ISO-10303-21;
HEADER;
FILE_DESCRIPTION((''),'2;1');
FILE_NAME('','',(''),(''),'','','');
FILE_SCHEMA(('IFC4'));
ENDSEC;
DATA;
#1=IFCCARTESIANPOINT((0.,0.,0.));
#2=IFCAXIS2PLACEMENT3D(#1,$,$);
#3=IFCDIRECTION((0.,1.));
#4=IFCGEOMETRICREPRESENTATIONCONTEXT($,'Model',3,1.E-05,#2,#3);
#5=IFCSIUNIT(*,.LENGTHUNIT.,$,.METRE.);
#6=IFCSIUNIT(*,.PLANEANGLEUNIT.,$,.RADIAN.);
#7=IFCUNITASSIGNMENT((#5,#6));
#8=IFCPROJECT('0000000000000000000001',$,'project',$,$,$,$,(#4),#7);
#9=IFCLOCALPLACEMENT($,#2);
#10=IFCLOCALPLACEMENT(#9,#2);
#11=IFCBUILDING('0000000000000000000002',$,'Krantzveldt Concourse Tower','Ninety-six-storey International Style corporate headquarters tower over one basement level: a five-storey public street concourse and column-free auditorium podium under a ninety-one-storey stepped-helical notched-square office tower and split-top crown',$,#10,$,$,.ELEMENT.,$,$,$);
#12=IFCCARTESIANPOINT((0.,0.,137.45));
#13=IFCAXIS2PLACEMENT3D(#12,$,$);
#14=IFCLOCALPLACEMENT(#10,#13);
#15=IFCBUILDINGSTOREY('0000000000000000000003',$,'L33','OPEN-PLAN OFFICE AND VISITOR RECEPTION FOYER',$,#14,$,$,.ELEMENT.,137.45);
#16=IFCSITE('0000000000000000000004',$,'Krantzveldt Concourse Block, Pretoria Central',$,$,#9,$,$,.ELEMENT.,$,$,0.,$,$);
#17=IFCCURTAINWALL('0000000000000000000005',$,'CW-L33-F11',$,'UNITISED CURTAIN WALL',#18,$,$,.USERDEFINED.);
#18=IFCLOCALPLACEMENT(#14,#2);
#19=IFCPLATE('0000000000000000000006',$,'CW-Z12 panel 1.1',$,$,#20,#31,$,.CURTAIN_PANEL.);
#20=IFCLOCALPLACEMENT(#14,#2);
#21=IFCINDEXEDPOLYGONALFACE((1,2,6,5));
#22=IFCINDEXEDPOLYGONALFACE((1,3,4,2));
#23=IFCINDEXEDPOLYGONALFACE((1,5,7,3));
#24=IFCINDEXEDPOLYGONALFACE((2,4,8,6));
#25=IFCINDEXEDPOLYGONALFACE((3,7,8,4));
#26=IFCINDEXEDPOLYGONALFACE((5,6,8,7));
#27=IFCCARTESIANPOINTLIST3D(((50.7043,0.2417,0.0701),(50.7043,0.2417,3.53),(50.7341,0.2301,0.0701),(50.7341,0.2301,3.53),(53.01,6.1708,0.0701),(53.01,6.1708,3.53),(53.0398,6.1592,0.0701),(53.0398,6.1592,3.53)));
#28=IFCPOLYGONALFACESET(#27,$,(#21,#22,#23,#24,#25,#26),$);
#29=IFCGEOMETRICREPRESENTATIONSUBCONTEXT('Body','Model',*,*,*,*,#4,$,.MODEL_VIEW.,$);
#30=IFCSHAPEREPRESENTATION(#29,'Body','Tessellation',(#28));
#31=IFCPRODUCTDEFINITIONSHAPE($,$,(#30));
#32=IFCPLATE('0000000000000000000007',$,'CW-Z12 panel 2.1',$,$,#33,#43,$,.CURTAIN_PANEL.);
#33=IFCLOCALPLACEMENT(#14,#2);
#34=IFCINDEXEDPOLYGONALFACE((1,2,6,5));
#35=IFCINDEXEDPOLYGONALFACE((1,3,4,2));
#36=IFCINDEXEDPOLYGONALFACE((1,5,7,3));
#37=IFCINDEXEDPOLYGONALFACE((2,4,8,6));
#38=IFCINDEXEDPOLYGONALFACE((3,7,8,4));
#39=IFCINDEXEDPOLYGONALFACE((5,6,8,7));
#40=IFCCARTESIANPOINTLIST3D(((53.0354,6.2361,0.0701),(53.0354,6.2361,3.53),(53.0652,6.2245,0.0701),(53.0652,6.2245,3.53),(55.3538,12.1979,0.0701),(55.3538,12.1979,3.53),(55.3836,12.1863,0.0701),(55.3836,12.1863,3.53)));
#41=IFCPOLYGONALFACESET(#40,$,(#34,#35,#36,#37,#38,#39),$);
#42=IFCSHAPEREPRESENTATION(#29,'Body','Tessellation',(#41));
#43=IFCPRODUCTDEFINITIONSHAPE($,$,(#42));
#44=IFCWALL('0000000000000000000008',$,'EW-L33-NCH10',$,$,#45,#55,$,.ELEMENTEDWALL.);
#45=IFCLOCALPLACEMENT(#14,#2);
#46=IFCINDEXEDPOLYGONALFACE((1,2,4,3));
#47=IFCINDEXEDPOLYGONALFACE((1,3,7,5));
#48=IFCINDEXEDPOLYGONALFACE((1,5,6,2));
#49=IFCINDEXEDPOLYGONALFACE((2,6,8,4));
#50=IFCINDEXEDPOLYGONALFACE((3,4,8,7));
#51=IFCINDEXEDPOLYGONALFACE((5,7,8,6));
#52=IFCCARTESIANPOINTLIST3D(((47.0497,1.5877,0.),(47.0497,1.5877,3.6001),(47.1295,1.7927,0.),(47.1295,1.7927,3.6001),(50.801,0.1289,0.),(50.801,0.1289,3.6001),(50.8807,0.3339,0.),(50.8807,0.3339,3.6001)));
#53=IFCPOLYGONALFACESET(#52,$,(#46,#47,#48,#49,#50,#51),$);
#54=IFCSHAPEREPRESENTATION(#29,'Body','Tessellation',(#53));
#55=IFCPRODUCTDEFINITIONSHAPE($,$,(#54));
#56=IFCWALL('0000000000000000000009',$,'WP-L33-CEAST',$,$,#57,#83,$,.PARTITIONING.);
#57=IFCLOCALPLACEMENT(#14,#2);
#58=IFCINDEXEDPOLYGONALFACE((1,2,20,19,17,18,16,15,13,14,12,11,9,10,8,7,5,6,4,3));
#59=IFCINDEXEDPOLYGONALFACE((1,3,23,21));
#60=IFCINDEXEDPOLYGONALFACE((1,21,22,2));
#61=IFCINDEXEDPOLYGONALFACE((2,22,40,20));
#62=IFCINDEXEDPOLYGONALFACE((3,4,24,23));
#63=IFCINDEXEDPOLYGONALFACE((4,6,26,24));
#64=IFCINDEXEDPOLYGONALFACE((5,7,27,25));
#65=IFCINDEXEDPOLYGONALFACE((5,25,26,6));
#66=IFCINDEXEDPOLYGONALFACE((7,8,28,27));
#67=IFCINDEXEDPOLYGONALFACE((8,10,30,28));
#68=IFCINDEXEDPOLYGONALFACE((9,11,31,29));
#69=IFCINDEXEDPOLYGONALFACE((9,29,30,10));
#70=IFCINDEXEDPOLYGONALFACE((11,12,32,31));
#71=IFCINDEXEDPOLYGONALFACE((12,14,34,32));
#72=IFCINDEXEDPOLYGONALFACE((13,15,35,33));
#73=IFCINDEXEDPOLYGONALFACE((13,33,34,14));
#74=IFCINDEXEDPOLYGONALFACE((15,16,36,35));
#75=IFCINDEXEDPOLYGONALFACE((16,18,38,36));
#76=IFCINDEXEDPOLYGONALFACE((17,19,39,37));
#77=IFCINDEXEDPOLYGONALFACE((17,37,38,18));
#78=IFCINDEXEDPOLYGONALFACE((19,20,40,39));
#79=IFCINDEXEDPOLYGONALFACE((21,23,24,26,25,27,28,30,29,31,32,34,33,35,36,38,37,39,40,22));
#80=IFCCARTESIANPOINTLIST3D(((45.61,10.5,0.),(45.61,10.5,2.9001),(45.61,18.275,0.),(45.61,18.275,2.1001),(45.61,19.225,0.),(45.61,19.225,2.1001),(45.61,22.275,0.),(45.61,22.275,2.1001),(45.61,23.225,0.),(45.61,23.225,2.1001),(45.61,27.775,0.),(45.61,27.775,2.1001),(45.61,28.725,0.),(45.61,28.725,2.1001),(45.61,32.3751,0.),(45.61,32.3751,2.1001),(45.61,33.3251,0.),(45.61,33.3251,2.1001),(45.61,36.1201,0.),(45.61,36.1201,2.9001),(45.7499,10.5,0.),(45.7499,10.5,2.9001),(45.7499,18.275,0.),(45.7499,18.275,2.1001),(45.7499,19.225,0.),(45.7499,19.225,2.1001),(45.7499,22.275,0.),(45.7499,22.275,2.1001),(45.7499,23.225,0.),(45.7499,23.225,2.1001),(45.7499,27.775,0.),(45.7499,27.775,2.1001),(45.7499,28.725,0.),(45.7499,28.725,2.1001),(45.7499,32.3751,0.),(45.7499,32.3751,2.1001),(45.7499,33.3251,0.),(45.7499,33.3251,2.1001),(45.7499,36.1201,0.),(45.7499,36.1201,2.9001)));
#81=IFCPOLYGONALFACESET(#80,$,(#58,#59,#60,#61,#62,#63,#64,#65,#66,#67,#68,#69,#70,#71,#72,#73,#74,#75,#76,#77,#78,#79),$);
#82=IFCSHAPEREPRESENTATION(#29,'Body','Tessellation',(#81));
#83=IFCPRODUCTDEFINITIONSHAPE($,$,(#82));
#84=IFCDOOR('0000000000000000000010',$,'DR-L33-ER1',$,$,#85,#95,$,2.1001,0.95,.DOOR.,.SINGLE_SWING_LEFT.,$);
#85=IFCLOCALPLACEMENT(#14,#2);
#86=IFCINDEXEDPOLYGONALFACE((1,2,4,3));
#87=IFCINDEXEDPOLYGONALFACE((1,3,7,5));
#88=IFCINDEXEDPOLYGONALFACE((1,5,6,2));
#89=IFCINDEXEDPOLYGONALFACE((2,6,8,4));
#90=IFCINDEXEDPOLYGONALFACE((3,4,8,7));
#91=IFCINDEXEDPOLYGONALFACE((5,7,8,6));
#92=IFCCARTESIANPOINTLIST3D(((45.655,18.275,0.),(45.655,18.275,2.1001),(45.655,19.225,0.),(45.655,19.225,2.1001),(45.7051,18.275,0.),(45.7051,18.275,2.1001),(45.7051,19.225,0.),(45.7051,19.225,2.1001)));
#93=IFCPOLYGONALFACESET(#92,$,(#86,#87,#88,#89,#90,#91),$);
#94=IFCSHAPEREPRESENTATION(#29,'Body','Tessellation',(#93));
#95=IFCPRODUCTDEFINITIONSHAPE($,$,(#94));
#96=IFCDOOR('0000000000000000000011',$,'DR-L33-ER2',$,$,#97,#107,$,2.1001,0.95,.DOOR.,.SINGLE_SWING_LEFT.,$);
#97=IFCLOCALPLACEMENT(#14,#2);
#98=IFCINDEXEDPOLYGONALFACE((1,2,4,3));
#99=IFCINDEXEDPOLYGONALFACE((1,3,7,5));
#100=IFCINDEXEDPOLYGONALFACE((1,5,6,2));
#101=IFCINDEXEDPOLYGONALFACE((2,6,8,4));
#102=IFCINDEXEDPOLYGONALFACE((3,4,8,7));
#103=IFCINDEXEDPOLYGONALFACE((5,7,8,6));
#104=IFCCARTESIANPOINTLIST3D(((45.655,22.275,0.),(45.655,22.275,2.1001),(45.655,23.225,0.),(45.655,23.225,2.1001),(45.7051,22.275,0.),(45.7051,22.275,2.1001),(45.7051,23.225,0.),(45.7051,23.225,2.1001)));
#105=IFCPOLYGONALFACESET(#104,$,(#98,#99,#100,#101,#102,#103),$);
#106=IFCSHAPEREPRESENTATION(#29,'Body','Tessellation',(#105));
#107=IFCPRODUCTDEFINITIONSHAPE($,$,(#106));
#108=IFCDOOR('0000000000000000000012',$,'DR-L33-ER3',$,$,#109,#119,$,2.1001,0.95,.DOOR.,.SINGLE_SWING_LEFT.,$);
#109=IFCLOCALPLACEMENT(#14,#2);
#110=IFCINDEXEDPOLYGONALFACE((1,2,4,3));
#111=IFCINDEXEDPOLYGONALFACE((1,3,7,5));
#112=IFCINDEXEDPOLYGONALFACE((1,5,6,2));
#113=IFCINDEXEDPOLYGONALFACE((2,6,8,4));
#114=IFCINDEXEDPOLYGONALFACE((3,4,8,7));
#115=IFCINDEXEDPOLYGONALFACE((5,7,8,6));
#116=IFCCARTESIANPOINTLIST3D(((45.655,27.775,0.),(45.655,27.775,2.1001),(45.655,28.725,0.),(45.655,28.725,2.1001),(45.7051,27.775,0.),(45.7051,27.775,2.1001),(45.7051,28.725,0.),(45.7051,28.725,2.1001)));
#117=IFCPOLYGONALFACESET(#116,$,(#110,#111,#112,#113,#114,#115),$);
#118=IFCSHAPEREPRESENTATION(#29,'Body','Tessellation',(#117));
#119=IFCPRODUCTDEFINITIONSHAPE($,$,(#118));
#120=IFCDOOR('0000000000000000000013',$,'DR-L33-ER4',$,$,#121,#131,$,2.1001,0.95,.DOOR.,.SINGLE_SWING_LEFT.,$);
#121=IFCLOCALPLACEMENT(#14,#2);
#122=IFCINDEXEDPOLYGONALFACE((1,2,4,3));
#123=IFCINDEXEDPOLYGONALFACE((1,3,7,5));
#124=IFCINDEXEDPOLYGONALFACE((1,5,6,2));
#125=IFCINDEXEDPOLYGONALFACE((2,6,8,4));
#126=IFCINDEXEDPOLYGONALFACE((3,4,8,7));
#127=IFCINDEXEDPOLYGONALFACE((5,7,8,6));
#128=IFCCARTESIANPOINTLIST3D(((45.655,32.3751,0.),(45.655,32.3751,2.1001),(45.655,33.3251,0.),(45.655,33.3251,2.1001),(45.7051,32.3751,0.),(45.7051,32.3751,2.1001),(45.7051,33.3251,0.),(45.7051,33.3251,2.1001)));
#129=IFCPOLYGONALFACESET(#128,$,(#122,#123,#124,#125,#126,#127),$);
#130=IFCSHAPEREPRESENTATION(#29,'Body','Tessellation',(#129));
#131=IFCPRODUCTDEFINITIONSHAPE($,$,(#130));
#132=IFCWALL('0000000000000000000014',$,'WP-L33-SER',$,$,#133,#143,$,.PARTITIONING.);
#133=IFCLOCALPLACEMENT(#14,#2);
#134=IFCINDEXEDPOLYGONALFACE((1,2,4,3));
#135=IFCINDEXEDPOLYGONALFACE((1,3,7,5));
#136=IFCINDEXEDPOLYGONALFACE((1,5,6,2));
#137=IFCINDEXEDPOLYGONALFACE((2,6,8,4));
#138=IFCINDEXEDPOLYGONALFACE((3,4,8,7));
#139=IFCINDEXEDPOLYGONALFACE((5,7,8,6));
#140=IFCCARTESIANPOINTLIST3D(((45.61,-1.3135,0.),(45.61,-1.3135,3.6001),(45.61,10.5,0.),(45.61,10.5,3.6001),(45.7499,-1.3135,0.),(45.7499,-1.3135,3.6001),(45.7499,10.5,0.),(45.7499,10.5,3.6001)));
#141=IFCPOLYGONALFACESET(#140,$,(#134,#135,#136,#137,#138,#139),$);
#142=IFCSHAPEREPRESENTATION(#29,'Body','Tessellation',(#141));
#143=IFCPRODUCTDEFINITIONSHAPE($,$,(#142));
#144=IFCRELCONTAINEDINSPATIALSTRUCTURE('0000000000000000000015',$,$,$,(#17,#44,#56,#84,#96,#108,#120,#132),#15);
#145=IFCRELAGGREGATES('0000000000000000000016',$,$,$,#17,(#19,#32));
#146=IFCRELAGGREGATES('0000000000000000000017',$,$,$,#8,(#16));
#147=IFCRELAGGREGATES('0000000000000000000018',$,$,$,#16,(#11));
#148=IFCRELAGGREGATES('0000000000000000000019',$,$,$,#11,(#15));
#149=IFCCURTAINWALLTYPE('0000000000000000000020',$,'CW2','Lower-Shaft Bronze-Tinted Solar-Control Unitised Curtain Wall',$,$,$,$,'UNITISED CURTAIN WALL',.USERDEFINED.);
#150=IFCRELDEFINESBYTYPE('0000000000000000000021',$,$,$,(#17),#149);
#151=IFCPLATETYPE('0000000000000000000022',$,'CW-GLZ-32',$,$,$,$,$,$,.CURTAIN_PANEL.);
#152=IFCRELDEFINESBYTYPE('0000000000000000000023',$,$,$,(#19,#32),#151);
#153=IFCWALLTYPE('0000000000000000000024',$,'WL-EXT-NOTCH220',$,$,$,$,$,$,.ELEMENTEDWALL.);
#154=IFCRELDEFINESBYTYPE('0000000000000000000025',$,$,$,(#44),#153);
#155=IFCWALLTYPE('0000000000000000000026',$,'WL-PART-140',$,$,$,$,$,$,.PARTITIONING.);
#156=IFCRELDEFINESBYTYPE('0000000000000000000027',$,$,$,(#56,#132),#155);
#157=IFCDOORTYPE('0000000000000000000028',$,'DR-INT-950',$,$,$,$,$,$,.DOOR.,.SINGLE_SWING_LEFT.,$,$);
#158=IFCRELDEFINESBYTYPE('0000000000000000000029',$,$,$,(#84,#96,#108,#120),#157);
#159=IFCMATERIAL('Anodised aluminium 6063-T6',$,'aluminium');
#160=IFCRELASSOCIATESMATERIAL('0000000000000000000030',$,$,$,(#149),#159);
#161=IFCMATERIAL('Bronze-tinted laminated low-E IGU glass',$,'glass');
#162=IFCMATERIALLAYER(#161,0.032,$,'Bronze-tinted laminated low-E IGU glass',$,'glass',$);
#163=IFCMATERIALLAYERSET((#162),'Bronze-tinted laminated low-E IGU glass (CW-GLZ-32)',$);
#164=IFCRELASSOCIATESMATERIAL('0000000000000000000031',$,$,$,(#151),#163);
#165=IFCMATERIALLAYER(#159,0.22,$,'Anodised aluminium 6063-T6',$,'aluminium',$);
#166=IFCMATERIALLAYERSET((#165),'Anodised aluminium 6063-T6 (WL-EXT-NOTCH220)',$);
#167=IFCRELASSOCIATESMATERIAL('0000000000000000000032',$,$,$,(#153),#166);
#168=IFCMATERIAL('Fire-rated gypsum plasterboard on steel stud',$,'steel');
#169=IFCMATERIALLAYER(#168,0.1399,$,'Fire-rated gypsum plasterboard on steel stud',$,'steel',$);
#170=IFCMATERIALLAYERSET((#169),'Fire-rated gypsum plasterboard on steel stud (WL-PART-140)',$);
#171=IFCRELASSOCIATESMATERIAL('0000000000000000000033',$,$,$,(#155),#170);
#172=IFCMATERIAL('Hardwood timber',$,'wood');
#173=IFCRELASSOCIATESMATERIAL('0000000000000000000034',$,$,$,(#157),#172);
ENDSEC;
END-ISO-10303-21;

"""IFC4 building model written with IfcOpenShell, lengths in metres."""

from ifc_helpers import new_model, si_unit, direction, frame, frame_2d, origin, origin_2d, place, context, subcontext, project, spatial, rectangle, extrude, source, transform, mapped, material, layer, layer_set, type_object, type_shapes, element, fill, aggregate, save


model = new_model("IFC4")

# Units and contexts
model_context = context("Model", 3, precision=1e-05, world=origin(), true_north=direction((0.0, 1.0)))
body_context = subcontext(model_context, "Body", "Model", "MODEL_VIEW")
ifc_project = project(units=[si_unit("LENGTHUNIT", "METRE"), si_unit("PLANEANGLEUNIT", "RADIAN")], contexts=[model_context])

# Site, building, storey
site_placement = place(None, origin())
site = spatial("IfcSite", under=ifc_project, at=site_placement, Name="Krantzveldt Concourse Block, Pretoria Central", CompositionType="ELEMENT", RefElevation=0.0)
building_placement = place(site_placement, origin())
building = spatial("IfcBuilding", under=site, at=building_placement, Name="Krantzveldt Concourse Tower", Description="Ninety-six-storey International Style corporate headquarters tower over one basement level: a five-storey public street concourse and column-free auditorium podium under a ninety-one-storey stepped-helical notched-square office tower and split-top crown", CompositionType="ELEMENT")
storey_placement = place(building_placement, frame((0.0, 0.0, 137.45)))
storey = spatial("IfcBuildingStorey", under=building, at=storey_placement, Name="L33", Description="OPEN-PLAN OFFICE AND VISITOR RECEPTION FOYER", CompositionType="ELEMENT", Elevation=137.45)

# Curtain wall
ifc_material_1 = material(Name="Anodised aluminium 6063-T6", Category="aluminium")
curtain_wall_type = type_object("IfcCurtainWallType", Name="CW2", Description="Lower-Shaft Bronze-Tinted Solar-Control Unitised Curtain Wall", ElementType="UNITISED CURTAIN WALL", PredefinedType="USERDEFINED", material=ifc_material_1)
curtain_wall_1_placement = place(storey_placement, origin())
curtain_wall_1 = element("IfcCurtainWall", 1, at=curtain_wall_1_placement, inside=storey, type_object=curtain_wall_type, Name="CW-L33-F11", ObjectType="UNITISED CURTAIN WALL", PredefinedType="USERDEFINED")

# Plates
ifc_material_2 = material(Name="Bronze-tinted laminated low-E IGU glass", Category="glass")
ifc_layer_1 = layer(ifc_material_2, 0.032, Name="Bronze-tinted laminated low-E IGU glass", Category="glass")
ifc_layer_set_1 = layer_set([ifc_layer_1], Name="Bronze-tinted laminated low-E IGU glass (CW-GLZ-32)")
plate_type = type_object("IfcPlateType", Name="CW-GLZ-32", PredefinedType="CURTAIN_PANEL", material=ifc_layer_set_1)
shared_shape_1 = source(origin(), body_context, "Body", "SweptSolid", [
    extrude(rectangle(XDim=6.3616, YDim=0.032, at=origin_2d()), origin(), (0.0, 0.0, 1.0), 3.46),
])
plate_1_placement = place(storey_placement, frame((51.8721, 3.2004, 0.0701), z_axis=(0.0, 0.0, 1.0), x_axis=(0.362438, 0.932008, 0.0)))
plate_1 = element("IfcPlate", 2, at=plate_1_placement, type_object=plate_type, Name="CW-Z12 panel 1.1", PredefinedType="CURTAIN_PANEL", context=body_context, shape_type="MappedRepresentation", body=[
    mapped(shared_shape_1, transform((0.0, 0.0, 0.0), x_axis=(1.0, 0.0, 0.0), y_axis=(0.0, 1.0, 0.0), z_axis=(0.0, 0.0, 1.0), scale=1.0)),
])
shared_shape_2 = source(origin(), body_context, "Body", "SweptSolid", [
    extrude(rectangle(XDim=6.3967, YDim=0.032, at=origin_2d()), origin(), (0.0, 0.0, 1.0), 3.46),
])
type_shapes(plate_type, [shared_shape_1, shared_shape_2])
plate_2_placement = place(storey_placement, frame((54.2095, 9.2112, 0.0701), z_axis=(0.0, 0.0, 1.0), x_axis=(0.362438, 0.932008, 0.0)))
plate_2 = element("IfcPlate", 3, at=plate_2_placement, type_object=plate_type, Name="CW-Z12 panel 2.1", PredefinedType="CURTAIN_PANEL", context=body_context, shape_type="MappedRepresentation", body=[
    mapped(shared_shape_2, transform((0.0, 0.0, 0.0), x_axis=(1.0, 0.0, 0.0), y_axis=(0.0, 1.0, 0.0), z_axis=(0.0, 0.0, 1.0), scale=1.0)),
])
aggregate(curtain_wall_1, [plate_1, plate_2])

# Wall
ifc_layer_2 = layer(ifc_material_1, 0.22, Name="Anodised aluminium 6063-T6", Category="aluminium")
ifc_layer_set_2 = layer_set([ifc_layer_2], Name="Anodised aluminium 6063-T6 (WL-EXT-NOTCH220)")
wall_type_1 = type_object("IfcWallType", Name="WL-EXT-NOTCH220", PredefinedType="ELEMENTEDWALL", material=ifc_layer_set_2)
wall_1_placement = place(storey_placement, frame((47.0896, 1.6902, 0.0), z_axis=(0.0, 0.0, 1.0), x_axis=(0.93201, -0.362432, 0.0)))
element("IfcWall", 4, at=wall_1_placement, inside=storey, type_object=wall_type_1, Name="EW-L33-NCH10", PredefinedType="ELEMENTEDWALL", context=body_context, shape_type="SweptSolid", body=[
    extrude(rectangle(XDim=4.0249, YDim=0.22, at=frame_2d((2.0125, 0.0))), origin(), (0.0, 0.0, 1.0), 3.6001),
])

# Wall, openings, doors
ifc_material_3 = material(Name="Fire-rated gypsum plasterboard on steel stud", Category="steel")
ifc_layer_3 = layer(ifc_material_3, 0.1399, Name="Fire-rated gypsum plasterboard on steel stud", Category="steel")
ifc_layer_set_3 = layer_set([ifc_layer_3], Name="Fire-rated gypsum plasterboard on steel stud (WL-PART-140)")
wall_type_2 = type_object("IfcWallType", Name="WL-PART-140", PredefinedType="PARTITIONING", material=ifc_layer_set_3)
wall_2_placement = place(storey_placement, frame((45.6799, 10.5, 0.0), z_axis=(0.0, 0.0, 1.0), x_axis=(0.0, 1.0, 0.0)))
wall_2 = element("IfcWall", 5, at=wall_2_placement, inside=storey, type_object=wall_type_2, Name="WP-L33-CEAST", PredefinedType="PARTITIONING", context=body_context, shape_type="SweptSolid", body=[
    extrude(rectangle(XDim=25.6201, YDim=0.1399, at=frame_2d((12.8101, 0.0))), origin(), (0.0, 0.0, 1.0), 2.9001),
])
opening_1_placement = place(wall_2_placement, frame((7.7749, 0.0, 0.0)))
opening_1 = element("IfcOpeningElement", 6, at=opening_1_placement, cuts=wall_2, PredefinedType="OPENING", context=body_context, shape_type="SweptSolid", body=[
    extrude(rectangle(XDim=0.95, YDim=2.1001, at=frame_2d((0.4751, 1.05))), frame((0.0, 0.0801, 0.0), z_axis=(0.0, -1.0, 0.0), x_axis=(1.0, 0.0, 0.0)), (0.0, 0.0, 1.0), 0.1599),
])
opening_2_placement = place(wall_2_placement, frame((11.7749, 0.0, 0.0)))
opening_2 = element("IfcOpeningElement", 7, at=opening_2_placement, cuts=wall_2, PredefinedType="OPENING", context=body_context, shape_type="SweptSolid", body=[
    extrude(rectangle(XDim=0.95, YDim=2.1001, at=frame_2d((0.4751, 1.05))), frame((0.0, 0.0801, 0.0), z_axis=(0.0, -1.0, 0.0), x_axis=(1.0, 0.0, 0.0)), (0.0, 0.0, 1.0), 0.1599),
])
opening_3_placement = place(wall_2_placement, frame((17.2749, 0.0, 0.0)))
opening_3 = element("IfcOpeningElement", 8, at=opening_3_placement, cuts=wall_2, PredefinedType="OPENING", context=body_context, shape_type="SweptSolid", body=[
    extrude(rectangle(XDim=0.95, YDim=2.1001, at=frame_2d((0.4751, 1.05))), frame((0.0, 0.0801, 0.0), z_axis=(0.0, -1.0, 0.0), x_axis=(1.0, 0.0, 0.0)), (0.0, 0.0, 1.0), 0.1599),
])
opening_4_placement = place(wall_2_placement, frame((21.875, 0.0, 0.0)))
opening_4 = element("IfcOpeningElement", 9, at=opening_4_placement, cuts=wall_2, PredefinedType="OPENING", context=body_context, shape_type="SweptSolid", body=[
    extrude(rectangle(XDim=0.95, YDim=2.1001, at=frame_2d((0.4751, 1.05))), frame((0.0, 0.0801, 0.0), z_axis=(0.0, -1.0, 0.0), x_axis=(1.0, 0.0, 0.0)), (0.0, 0.0, 1.0), 0.1599),
])
ifc_material_4 = material(Name="Hardwood timber", Category="wood")
door_type = type_object("IfcDoorType", Name="DR-INT-950", OperationType="SINGLE_SWING_LEFT", PredefinedType="DOOR", material=ifc_material_4)
door_1_placement = place(opening_1_placement, origin())
door_1 = element("IfcDoor", 10, at=door_1_placement, inside=storey, type_object=door_type, Name="DR-L33-ER1", OperationType="SINGLE_SWING_LEFT", OverallHeight=2.1001, OverallWidth=0.95, PredefinedType="DOOR", context=body_context, shape_type="SweptSolid", body=[
    extrude(rectangle(XDim=0.95, YDim=2.1001, at=frame_2d((0.4751, 1.05))), frame((0.0, 0.0249, 0.0), z_axis=(0.0, -1.0, 0.0), x_axis=(1.0, 0.0, 0.0)), (0.0, 0.0, 1.0), 0.05),
])
fill(opening_1, door_1)
door_2_placement = place(opening_2_placement, origin())
door_2 = element("IfcDoor", 11, at=door_2_placement, inside=storey, type_object=door_type, Name="DR-L33-ER2", OperationType="SINGLE_SWING_LEFT", OverallHeight=2.1001, OverallWidth=0.95, PredefinedType="DOOR", context=body_context, shape_type="SweptSolid", body=[
    extrude(rectangle(XDim=0.95, YDim=2.1001, at=frame_2d((0.4751, 1.05))), frame((0.0, 0.0249, 0.0), z_axis=(0.0, -1.0, 0.0), x_axis=(1.0, 0.0, 0.0)), (0.0, 0.0, 1.0), 0.05),
])
fill(opening_2, door_2)
door_3_placement = place(opening_3_placement, origin())
door_3 = element("IfcDoor", 12, at=door_3_placement, inside=storey, type_object=door_type, Name="DR-L33-ER3", OperationType="SINGLE_SWING_LEFT", OverallHeight=2.1001, OverallWidth=0.95, PredefinedType="DOOR", context=body_context, shape_type="SweptSolid", body=[
    extrude(rectangle(XDim=0.95, YDim=2.1001, at=frame_2d((0.4751, 1.05))), frame((0.0, 0.0249, 0.0), z_axis=(0.0, -1.0, 0.0), x_axis=(1.0, 0.0, 0.0)), (0.0, 0.0, 1.0), 0.05),
])
fill(opening_3, door_3)
door_4_placement = place(opening_4_placement, origin())
door_4 = element("IfcDoor", 13, at=door_4_placement, inside=storey, type_object=door_type, Name="DR-L33-ER4", OperationType="SINGLE_SWING_LEFT", OverallHeight=2.1001, OverallWidth=0.95, PredefinedType="DOOR", context=body_context, shape_type="SweptSolid", body=[
    extrude(rectangle(XDim=0.95, YDim=2.1001, at=frame_2d((0.4751, 1.05))), frame((0.0, 0.0249, 0.0), z_axis=(0.0, -1.0, 0.0), x_axis=(1.0, 0.0, 0.0)), (0.0, 0.0, 1.0), 0.05),
])
fill(opening_4, door_4)

# Wall
wall_3_placement = place(storey_placement, frame((45.6799, -1.3135, 0.0), z_axis=(0.0, 0.0, 1.0), x_axis=(0.0, 1.0, 0.0)))
element("IfcWall", 14, at=wall_3_placement, inside=storey, type_object=wall_type_2, Name="WP-L33-SER", PredefinedType="PARTITIONING", context=body_context, shape_type="SweptSolid", body=[
    extrude(rectangle(XDim=11.8135, YDim=0.1399, at=frame_2d((5.9067, 0.0))), origin(), (0.0, 0.0, 1.0), 3.6001),
])

save(model, "model.ifc")
